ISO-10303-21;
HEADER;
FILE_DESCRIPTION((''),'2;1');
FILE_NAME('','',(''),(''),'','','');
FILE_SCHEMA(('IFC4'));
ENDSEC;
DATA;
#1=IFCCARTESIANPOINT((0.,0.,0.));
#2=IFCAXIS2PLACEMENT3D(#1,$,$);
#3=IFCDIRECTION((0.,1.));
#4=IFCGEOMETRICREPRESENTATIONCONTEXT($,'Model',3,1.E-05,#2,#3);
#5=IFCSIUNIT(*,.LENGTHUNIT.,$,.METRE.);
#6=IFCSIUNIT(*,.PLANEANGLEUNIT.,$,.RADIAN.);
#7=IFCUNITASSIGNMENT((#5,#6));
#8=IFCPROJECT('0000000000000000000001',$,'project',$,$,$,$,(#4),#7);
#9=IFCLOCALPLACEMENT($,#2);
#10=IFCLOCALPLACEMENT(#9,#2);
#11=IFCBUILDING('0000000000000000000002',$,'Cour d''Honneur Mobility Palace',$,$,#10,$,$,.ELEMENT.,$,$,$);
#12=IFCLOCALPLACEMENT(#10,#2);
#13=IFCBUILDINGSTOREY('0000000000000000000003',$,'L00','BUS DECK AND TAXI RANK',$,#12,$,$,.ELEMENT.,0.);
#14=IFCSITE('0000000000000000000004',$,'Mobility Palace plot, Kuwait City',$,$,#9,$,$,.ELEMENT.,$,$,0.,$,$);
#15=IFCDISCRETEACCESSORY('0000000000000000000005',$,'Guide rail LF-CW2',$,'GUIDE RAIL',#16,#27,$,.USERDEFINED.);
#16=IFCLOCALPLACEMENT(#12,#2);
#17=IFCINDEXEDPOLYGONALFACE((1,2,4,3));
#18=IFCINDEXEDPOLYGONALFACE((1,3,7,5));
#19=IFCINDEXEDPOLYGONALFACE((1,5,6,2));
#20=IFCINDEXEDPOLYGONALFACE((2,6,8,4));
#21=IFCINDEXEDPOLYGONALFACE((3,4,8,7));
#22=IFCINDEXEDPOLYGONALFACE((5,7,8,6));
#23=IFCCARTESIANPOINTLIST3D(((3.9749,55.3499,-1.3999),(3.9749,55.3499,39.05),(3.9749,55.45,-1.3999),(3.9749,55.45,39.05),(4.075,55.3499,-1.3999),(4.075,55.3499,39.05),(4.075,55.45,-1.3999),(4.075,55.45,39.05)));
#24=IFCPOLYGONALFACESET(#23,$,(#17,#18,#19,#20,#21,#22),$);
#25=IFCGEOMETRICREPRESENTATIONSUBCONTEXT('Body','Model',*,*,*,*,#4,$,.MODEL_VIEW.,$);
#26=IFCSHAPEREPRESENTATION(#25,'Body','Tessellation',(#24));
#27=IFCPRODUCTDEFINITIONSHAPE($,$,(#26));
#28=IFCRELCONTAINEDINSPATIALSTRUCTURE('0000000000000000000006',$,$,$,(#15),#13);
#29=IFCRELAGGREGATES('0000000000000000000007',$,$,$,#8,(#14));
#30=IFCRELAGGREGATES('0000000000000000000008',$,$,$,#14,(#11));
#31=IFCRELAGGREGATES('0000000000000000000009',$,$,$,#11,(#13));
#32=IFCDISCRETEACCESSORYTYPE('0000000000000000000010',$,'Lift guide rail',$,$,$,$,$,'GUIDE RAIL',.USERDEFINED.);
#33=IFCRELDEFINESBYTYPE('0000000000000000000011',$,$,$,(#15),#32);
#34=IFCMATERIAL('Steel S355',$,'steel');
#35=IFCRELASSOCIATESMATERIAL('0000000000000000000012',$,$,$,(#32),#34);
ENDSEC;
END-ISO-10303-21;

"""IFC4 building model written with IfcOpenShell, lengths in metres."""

from ifc_helpers import new_model, si_unit, direction, frame, origin, origin_2d, place, context, subcontext, project, spatial, rectangle, extrude, material, type_object, element, save


model = new_model("IFC4")

# Units and contexts
model_context = context("Model", 3, precision=1e-05, world=origin(), true_north=direction((0.0, 1.0)))
body_context = subcontext(model_context, "Body", "Model", "MODEL_VIEW")
ifc_project = project(units=[si_unit("LENGTHUNIT", "METRE"), si_unit("PLANEANGLEUNIT", "RADIAN")], contexts=[model_context])

# Site, building, storey
site_placement = place(None, origin())
site = spatial("IfcSite", under=ifc_project, at=site_placement, Name="Mobility Palace plot, Kuwait City", CompositionType="ELEMENT", RefElevation=0.0)
building_placement = place(site_placement, origin())
building = spatial("IfcBuilding", under=site, at=building_placement, Name="Cour d'Honneur Mobility Palace", CompositionType="ELEMENT")
storey_placement = place(building_placement, origin())
storey = spatial("IfcBuildingStorey", under=building, at=storey_placement, Name="L00", Description="BUS DECK AND TAXI RANK", CompositionType="ELEMENT", Elevation=0.0)

# Discrete accessory
ifc_material_1 = material(Name="Steel S355", Category="steel")
discrete_accessory_type = type_object("IfcDiscreteAccessoryType", Name="Lift guide rail", ElementType="GUIDE RAIL", PredefinedType="USERDEFINED", material=ifc_material_1)
for number, where, z_axis, x_axis, name in (
    (1, (4.0249, 55.3999, -1.3999), (0.0, 0.0, 1.0), (1.0, 0.0, 0.0), "Guide rail LF-CW2"),
):
    element("IfcDiscreteAccessory", number, at=place(storey_placement, frame(where, z_axis=z_axis, x_axis=x_axis)), inside=storey, type_object=discrete_accessory_type, Name=name, ObjectType="GUIDE RAIL", PredefinedType="USERDEFINED", context=body_context, shape_type="SweptSolid", body=[
        extrude(rectangle(XDim=0.1001, YDim=0.1001, at=origin_2d()), origin(), (0.0, 0.0, 1.0), 40.45),
    ])

save(model, "model.ifc")
